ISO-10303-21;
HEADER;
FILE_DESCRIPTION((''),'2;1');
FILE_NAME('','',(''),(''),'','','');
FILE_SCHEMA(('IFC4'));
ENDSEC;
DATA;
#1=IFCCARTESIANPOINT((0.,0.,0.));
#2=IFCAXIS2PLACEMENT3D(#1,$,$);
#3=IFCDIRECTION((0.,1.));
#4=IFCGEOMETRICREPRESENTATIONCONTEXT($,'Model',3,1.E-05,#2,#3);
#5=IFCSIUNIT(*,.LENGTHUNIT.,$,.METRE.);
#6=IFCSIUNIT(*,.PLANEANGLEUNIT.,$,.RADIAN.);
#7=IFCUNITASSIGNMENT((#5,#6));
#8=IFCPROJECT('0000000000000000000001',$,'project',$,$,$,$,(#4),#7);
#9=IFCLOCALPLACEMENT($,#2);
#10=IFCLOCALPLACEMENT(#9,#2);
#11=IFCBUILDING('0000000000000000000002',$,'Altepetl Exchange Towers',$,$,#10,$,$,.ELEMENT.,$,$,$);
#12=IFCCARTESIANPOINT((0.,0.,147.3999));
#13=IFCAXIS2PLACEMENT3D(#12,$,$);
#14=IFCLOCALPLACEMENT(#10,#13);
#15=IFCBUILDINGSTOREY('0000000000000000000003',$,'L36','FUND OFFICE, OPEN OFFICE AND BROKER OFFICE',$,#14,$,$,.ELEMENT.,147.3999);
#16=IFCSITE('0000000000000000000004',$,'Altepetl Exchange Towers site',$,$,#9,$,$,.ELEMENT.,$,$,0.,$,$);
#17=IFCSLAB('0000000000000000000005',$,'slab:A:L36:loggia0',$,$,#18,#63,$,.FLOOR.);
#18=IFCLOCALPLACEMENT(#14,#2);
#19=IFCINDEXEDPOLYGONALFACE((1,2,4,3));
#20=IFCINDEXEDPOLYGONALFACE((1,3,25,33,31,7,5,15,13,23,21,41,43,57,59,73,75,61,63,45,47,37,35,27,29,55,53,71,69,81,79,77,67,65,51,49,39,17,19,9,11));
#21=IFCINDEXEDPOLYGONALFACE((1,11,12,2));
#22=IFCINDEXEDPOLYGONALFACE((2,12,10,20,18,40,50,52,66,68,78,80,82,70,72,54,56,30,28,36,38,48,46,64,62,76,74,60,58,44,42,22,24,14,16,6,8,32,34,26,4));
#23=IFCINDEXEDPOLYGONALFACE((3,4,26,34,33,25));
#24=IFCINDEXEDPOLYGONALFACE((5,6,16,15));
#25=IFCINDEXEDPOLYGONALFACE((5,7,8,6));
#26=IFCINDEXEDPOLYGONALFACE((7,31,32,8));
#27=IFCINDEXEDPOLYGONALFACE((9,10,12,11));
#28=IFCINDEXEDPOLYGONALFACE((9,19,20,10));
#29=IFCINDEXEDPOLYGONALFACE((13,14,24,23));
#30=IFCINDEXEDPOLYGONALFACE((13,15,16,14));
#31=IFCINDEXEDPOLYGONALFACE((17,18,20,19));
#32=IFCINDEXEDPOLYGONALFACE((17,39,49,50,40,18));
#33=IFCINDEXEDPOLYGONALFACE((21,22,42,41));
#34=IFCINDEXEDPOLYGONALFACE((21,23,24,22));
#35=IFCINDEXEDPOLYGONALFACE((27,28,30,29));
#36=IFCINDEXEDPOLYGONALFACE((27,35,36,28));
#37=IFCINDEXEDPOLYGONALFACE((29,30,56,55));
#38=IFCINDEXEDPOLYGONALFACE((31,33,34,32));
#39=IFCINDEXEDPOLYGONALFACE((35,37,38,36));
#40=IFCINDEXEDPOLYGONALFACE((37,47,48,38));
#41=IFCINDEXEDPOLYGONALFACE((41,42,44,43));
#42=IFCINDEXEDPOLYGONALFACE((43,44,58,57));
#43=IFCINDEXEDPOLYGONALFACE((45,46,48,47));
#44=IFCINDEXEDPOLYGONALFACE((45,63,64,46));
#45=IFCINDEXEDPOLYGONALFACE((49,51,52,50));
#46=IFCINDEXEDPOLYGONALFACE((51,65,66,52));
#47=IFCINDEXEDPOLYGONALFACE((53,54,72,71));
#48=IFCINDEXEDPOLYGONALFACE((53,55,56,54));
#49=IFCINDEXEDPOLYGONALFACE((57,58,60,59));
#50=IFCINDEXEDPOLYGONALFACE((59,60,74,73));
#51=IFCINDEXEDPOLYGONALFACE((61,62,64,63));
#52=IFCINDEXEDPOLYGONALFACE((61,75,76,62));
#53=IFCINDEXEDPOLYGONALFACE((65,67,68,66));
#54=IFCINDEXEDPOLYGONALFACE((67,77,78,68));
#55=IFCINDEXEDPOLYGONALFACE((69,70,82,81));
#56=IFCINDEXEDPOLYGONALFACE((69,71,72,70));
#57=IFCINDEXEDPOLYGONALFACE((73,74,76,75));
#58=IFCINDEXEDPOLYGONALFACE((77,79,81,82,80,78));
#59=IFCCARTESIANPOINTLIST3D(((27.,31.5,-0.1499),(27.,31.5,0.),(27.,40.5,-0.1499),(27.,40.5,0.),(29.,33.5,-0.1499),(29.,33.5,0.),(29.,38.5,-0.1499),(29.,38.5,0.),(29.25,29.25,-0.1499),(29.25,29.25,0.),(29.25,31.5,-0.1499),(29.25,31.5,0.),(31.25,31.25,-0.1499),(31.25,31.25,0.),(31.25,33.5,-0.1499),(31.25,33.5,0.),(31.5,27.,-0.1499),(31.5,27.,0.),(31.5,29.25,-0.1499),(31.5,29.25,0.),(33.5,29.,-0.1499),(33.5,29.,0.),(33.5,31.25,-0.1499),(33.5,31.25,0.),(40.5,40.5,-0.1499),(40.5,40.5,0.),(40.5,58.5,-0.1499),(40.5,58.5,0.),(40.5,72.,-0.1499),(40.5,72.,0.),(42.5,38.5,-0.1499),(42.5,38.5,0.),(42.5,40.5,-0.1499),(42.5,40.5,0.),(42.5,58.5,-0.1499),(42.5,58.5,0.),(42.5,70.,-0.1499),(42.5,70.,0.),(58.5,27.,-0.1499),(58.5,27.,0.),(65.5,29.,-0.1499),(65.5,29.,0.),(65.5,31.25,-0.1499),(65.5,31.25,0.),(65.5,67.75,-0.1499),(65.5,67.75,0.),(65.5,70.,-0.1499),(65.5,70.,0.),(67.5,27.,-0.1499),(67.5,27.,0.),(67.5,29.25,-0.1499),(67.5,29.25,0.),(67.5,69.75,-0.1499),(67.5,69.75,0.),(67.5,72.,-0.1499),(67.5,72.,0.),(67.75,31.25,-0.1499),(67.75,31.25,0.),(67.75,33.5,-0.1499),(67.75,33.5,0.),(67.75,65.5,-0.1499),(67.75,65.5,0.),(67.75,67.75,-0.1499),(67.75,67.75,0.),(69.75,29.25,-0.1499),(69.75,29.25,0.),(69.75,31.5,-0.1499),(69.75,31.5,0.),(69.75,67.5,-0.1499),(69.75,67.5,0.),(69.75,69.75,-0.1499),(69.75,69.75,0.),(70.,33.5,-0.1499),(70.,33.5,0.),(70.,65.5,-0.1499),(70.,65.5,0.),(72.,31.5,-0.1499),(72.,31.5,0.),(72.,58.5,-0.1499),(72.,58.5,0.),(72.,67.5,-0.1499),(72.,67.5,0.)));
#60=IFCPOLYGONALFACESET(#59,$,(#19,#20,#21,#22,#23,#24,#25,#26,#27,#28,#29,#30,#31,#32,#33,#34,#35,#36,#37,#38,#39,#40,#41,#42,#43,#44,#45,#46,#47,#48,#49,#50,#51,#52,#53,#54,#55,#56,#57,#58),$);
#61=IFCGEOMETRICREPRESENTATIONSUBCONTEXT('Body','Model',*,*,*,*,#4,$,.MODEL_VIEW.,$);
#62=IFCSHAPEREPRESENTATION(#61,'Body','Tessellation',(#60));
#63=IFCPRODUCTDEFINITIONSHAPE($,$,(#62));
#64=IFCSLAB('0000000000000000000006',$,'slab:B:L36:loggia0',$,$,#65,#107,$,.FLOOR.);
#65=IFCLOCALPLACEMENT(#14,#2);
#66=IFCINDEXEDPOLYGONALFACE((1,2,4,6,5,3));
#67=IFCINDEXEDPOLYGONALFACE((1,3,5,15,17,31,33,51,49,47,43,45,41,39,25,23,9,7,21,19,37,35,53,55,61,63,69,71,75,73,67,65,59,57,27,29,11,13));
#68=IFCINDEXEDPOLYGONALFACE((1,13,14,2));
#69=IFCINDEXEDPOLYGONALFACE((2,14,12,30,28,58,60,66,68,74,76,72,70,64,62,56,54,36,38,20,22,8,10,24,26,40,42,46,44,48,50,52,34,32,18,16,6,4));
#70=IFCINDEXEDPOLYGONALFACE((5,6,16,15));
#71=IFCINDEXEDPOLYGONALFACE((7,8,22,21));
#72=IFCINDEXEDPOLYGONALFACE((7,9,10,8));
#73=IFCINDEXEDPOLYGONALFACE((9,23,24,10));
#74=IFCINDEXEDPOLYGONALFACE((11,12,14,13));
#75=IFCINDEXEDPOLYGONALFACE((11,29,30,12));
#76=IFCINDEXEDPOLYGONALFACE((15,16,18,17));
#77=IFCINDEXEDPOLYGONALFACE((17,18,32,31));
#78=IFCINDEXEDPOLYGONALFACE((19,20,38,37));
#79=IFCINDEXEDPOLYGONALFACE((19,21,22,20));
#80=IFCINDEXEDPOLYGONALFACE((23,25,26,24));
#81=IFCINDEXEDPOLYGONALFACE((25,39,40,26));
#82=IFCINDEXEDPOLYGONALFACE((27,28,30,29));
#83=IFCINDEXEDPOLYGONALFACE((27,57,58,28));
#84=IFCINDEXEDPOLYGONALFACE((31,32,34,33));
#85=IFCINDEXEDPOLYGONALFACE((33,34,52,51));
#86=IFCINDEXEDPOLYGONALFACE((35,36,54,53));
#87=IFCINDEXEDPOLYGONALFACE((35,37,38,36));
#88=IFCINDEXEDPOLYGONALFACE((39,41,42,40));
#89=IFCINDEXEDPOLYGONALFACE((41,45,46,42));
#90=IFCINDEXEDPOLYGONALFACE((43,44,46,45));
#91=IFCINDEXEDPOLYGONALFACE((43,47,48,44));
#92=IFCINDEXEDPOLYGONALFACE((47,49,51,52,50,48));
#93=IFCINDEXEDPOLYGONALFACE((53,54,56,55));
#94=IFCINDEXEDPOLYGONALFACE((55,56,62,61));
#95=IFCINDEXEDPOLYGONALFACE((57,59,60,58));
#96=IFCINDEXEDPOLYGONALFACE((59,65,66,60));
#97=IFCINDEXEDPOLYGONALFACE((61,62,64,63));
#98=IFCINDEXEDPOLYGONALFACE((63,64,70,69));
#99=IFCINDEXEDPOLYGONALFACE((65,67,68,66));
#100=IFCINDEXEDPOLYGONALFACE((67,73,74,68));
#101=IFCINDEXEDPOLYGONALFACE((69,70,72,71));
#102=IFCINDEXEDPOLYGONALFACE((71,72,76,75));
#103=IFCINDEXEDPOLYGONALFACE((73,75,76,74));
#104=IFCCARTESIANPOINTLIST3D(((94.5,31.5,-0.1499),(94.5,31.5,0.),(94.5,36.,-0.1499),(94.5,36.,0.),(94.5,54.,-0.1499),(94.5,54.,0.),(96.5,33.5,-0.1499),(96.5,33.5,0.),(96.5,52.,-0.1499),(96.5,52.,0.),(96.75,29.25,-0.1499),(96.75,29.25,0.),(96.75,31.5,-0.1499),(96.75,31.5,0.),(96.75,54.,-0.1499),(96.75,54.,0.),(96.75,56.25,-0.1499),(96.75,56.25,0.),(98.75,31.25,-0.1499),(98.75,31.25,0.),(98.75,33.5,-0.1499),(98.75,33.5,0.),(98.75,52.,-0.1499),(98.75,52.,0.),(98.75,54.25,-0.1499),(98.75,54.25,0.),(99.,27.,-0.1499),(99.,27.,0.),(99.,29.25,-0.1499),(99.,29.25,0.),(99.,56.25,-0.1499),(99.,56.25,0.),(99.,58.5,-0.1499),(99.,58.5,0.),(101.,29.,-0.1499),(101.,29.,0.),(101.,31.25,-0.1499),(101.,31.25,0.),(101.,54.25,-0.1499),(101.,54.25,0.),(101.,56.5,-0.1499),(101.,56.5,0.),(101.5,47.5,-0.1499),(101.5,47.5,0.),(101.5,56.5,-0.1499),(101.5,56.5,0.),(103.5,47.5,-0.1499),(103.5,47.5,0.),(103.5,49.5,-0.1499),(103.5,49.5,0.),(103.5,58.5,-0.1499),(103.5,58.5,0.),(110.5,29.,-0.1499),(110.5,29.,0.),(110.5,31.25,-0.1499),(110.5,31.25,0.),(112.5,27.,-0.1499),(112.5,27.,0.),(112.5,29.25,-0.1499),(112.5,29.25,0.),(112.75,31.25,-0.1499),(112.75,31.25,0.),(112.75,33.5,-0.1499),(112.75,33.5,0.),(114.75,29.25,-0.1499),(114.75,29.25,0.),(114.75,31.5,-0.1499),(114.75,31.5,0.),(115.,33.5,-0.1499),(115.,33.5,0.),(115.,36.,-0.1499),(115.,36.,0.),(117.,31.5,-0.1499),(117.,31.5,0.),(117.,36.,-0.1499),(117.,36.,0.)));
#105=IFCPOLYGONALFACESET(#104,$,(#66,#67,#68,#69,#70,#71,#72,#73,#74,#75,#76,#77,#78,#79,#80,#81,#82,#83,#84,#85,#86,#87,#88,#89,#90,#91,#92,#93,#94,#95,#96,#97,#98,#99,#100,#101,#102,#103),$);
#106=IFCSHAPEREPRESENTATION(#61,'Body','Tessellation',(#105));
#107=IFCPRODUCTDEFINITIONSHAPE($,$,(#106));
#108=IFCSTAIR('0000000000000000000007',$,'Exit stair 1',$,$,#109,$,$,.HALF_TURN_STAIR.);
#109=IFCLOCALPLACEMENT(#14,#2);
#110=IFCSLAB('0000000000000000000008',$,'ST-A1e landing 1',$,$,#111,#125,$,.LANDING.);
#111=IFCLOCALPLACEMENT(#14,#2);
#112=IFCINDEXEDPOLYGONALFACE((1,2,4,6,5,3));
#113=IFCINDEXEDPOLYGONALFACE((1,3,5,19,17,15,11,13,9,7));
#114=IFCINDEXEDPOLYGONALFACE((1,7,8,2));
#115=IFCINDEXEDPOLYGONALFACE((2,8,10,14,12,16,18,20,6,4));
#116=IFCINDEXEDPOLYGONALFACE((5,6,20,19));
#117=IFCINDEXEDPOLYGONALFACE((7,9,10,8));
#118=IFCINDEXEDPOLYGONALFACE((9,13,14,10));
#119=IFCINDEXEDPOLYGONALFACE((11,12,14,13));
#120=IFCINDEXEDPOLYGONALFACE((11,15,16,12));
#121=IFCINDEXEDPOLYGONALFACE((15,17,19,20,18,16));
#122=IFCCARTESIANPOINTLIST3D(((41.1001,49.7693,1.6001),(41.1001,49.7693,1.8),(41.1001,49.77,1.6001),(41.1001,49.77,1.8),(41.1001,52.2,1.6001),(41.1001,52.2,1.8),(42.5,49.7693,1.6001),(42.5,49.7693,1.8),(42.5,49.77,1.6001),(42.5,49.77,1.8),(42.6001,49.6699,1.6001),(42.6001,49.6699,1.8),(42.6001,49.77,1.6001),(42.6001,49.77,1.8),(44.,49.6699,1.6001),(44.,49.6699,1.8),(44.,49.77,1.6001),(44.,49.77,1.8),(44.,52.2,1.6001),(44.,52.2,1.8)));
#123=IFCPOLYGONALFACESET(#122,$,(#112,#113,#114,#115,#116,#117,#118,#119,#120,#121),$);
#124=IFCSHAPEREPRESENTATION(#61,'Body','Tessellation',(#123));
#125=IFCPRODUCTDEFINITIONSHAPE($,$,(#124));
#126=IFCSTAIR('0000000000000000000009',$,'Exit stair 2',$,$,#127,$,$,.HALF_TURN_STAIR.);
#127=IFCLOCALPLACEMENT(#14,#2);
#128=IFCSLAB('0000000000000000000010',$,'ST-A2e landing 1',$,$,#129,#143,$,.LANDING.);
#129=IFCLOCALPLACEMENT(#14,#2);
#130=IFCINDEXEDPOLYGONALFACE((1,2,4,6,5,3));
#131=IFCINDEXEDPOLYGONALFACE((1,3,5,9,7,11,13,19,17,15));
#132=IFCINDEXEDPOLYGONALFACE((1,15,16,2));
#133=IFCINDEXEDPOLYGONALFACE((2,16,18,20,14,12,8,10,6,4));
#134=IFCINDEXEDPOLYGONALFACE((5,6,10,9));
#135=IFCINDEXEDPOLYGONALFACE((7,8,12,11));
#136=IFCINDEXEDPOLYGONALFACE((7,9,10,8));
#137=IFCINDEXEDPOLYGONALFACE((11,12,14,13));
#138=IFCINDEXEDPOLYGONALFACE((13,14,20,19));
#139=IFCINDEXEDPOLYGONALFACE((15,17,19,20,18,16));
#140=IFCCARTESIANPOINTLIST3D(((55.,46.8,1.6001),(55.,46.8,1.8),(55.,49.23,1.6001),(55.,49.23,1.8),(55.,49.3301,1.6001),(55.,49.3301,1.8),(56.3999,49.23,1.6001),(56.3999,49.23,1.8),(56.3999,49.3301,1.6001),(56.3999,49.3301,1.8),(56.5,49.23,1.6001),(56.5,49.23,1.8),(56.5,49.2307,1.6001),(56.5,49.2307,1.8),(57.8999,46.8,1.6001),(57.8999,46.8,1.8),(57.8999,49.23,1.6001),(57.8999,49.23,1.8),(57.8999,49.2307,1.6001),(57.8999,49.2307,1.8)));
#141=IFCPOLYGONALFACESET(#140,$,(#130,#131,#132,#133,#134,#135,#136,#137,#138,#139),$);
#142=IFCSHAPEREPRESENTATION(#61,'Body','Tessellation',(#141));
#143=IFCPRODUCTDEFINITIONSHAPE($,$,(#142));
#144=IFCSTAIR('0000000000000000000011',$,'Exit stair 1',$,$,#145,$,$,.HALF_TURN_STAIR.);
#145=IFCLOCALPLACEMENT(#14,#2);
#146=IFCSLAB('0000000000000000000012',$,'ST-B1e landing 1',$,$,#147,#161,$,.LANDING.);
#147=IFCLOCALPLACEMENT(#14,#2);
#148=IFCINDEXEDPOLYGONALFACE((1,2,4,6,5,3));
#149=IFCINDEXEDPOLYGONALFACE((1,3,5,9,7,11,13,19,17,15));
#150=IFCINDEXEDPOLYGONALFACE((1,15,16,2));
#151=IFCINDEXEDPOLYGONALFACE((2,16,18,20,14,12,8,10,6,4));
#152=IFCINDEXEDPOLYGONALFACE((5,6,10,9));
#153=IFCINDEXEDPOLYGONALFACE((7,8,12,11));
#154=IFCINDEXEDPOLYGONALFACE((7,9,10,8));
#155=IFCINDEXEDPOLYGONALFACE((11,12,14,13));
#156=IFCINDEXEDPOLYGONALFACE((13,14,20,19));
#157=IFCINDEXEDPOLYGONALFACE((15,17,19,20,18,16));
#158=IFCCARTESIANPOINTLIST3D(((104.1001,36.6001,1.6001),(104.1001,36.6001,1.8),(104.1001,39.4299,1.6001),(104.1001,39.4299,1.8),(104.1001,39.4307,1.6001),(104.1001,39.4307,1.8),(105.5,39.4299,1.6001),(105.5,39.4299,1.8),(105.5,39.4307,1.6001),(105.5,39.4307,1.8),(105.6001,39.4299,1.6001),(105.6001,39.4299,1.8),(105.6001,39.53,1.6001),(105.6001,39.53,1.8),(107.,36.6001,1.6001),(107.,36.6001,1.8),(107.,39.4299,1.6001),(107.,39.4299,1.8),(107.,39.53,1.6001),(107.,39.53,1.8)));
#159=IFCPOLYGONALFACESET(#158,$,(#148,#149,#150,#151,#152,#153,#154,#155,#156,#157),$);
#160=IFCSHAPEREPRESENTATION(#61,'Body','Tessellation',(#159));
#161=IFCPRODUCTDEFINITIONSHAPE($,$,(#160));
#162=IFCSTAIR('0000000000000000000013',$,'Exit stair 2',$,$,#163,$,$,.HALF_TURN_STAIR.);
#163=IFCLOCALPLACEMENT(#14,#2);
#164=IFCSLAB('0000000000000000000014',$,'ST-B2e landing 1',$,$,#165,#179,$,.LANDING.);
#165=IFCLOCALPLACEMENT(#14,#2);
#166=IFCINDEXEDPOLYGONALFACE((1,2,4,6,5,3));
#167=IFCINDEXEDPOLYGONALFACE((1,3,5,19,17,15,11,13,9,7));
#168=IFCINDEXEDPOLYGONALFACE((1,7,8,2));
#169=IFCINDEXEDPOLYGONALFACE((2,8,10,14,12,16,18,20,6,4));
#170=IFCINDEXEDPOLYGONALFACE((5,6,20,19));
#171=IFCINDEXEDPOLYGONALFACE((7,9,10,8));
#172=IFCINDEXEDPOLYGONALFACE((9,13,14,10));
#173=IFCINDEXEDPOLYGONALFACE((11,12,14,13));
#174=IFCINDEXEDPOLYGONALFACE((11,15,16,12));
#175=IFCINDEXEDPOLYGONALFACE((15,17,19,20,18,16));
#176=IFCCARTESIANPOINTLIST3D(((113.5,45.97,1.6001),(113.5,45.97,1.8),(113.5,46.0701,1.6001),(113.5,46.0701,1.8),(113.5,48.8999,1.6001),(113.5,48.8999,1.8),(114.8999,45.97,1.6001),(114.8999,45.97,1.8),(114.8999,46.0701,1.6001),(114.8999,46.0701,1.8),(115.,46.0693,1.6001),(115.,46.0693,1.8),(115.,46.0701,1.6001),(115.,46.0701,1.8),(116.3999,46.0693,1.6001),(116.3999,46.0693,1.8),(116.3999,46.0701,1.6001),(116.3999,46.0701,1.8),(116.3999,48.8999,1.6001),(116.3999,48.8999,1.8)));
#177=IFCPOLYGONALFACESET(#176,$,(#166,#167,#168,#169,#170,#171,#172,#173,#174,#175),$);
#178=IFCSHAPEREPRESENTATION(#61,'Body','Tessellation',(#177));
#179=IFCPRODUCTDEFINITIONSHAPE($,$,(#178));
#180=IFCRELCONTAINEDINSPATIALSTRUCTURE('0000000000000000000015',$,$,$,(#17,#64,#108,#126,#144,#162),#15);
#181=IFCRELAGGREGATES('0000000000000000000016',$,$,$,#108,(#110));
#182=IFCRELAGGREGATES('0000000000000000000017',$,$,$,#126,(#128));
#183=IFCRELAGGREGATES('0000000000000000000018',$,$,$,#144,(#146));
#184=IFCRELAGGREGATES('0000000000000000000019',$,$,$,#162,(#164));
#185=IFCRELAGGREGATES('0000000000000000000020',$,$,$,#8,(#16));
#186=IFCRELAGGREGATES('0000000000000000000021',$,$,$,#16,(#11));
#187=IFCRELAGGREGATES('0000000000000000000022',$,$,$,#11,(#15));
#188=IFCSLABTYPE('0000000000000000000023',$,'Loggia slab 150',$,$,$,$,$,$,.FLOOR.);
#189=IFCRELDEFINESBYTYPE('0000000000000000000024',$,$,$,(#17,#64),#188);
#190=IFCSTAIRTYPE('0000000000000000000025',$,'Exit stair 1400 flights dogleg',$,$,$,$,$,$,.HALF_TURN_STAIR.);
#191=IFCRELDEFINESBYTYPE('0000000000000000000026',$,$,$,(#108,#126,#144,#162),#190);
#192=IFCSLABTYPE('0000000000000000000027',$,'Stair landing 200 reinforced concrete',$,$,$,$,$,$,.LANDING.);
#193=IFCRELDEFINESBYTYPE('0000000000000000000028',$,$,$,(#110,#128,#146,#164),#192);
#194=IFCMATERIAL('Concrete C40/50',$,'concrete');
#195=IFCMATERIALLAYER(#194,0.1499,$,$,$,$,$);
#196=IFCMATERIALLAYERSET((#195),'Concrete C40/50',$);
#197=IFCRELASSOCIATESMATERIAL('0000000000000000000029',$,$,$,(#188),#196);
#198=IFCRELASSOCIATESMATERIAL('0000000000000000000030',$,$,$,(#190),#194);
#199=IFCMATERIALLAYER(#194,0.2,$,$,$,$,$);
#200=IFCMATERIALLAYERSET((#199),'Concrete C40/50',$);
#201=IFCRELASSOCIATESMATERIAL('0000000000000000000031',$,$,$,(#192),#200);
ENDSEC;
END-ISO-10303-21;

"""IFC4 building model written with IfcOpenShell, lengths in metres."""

from ifc_helpers import new_model, si_unit, direction, frame, origin, place, context, subcontext, project, spatial, polyline, outline, extrude, material, layer, layer_set, type_object, element, aggregate, save


model = new_model("IFC4")

# Units and contexts
model_context = context("Model", 3, precision=1e-05, world=origin(), true_north=direction((0.0, 1.0)))
body_context = subcontext(model_context, "Body", "Model", "MODEL_VIEW")
ifc_project = project(units=[si_unit("LENGTHUNIT", "METRE"), si_unit("PLANEANGLEUNIT", "RADIAN")], contexts=[model_context])

# Site, building, storey
site_placement = place(None, origin())
site = spatial("IfcSite", under=ifc_project, at=site_placement, Name="Altepetl Exchange Towers site", CompositionType="ELEMENT", RefElevation=0.0)
building_placement = place(site_placement, origin())
building = spatial("IfcBuilding", under=site, at=building_placement, Name="Altepetl Exchange Towers", CompositionType="ELEMENT")
storey_placement = place(building_placement, frame((0.0, 0.0, 147.3999)))
storey = spatial("IfcBuildingStorey", under=building, at=storey_placement, Name="L36", Description="FUND OFFICE, OPEN OFFICE AND BROKER OFFICE", CompositionType="ELEMENT", Elevation=147.3999)

# Slabs
ifc_material_1 = material(Name="Concrete C40/50", Category="concrete")
ifc_layer_1 = layer(ifc_material_1, 0.1499)
ifc_layer_set_1 = layer_set([ifc_layer_1], Name="Concrete C40/50")
slab_type_1 = type_object("IfcSlabType", Name="Loggia slab 150", PredefinedType="FLOOR", material=ifc_layer_set_1)
slab_1_placement = place(storey_placement, frame((0.0, 0.0, -0.1499)))
element("IfcSlab", 1, at=slab_1_placement, inside=storey, type_object=slab_type_1, Name="slab:A:L36:loggia0", PredefinedType="FLOOR", context=body_context, shape_type="SweptSolid", body=[
    extrude(outline(polyline([(40.5, 72.0), (40.5, 58.5), (42.5, 58.5), (42.5, 70.0), (65.5, 70.0), (65.5, 67.75), (67.75, 67.75), (67.75, 65.5), (70.0, 65.5), (70.0, 33.5), (67.75, 33.5), (67.75, 31.25), (65.5, 31.25), (65.5, 29.0), (33.5, 29.0), (33.5, 31.25), (31.25, 31.25), (31.25, 33.5), (29.0, 33.5), (29.0, 38.5), (42.5, 38.5), (42.5, 40.5), (40.5, 40.5), (27.0, 40.5), (27.0, 31.5), (29.25, 31.5), (29.25, 29.25), (31.5, 29.25), (31.5, 27.0), (58.5, 27.0), (67.5, 27.0), (67.5, 29.25), (69.75, 29.25), (69.75, 31.5), (72.0, 31.5), (72.0, 58.5), (72.0, 67.5), (69.75, 67.5), (69.75, 69.75), (67.5, 69.75), (67.5, 72.0), (40.5, 72.0)])), origin(), (0.0, 0.0, 1.0), 0.1499),
])
slab_2_placement = place(storey_placement, frame((0.0, 0.0, -0.1499)))
element("IfcSlab", 2, at=slab_2_placement, inside=storey, type_object=slab_type_1, Name="slab:B:L36:loggia0", PredefinedType="FLOOR", context=body_context, shape_type="SweptSolid", body=[
    extrude(outline(polyline([(99.0, 29.25), (99.0, 27.0), (112.5, 27.0), (112.5, 29.25), (114.75, 29.25), (114.75, 31.5), (117.0, 31.5), (117.0, 36.0), (115.0, 36.0), (115.0, 33.5), (112.75, 33.5), (112.75, 31.25), (110.5, 31.25), (110.5, 29.0), (101.0, 29.0), (101.0, 31.25), (98.75, 31.25), (98.75, 33.5), (96.5, 33.5), (96.5, 52.0), (98.75, 52.0), (98.75, 54.25), (101.0, 54.25), (101.0, 56.5), (101.5, 56.5), (101.5, 47.5), (103.5, 47.5), (103.5, 49.5), (103.5, 58.5), (99.0, 58.5), (99.0, 56.25), (96.75, 56.25), (96.75, 54.0), (94.5, 54.0), (94.5, 36.0), (94.5, 31.5), (96.75, 31.5), (96.75, 29.25), (99.0, 29.25)])), origin(), (0.0, 0.0, 1.0), 0.1499),
])

# Stairs, slabs
stair_type = type_object("IfcStairType", Name="Exit stair 1400 flights dogleg", PredefinedType="HALF_TURN_STAIR", material=ifc_material_1)
stair_1_placement = place(storey_placement, origin())
stair_1 = element("IfcStair", 3, at=stair_1_placement, inside=storey, type_object=stair_type, Name="Exit stair 1", PredefinedType="HALF_TURN_STAIR")
ifc_layer_2 = layer(ifc_material_1, 0.2)
ifc_layer_set_2 = layer_set([ifc_layer_2], Name="Concrete C40/50")
slab_type_2 = type_object("IfcSlabType", Name="Stair landing 200 reinforced concrete", PredefinedType="LANDING", material=ifc_layer_set_2)
slab_3_placement = place(storey_placement, frame((0.0, 0.0, 1.6001)))
slab_3 = element("IfcSlab", 4, at=slab_3_placement, type_object=slab_type_2, Name="ST-A1e landing 1", PredefinedType="LANDING", context=body_context, shape_type="SweptSolid", body=[
    extrude(outline(polyline([(44.0, 49.6699), (42.6001, 49.6699), (42.6001, 49.77), (42.5, 49.77), (42.5, 49.7693), (41.1001, 49.7693), (41.1001, 49.77), (41.1001, 52.2), (44.0, 52.2), (44.0, 49.77), (44.0, 49.6699)])), origin(), (0.0, 0.0, 1.0), 0.2),
])
aggregate(stair_1, [slab_3])
stair_2_placement = place(storey_placement, origin())
stair_2 = element("IfcStair", 5, at=stair_2_placement, inside=storey, type_object=stair_type, Name="Exit stair 2", PredefinedType="HALF_TURN_STAIR")
slab_4_placement = place(storey_placement, frame((0.0, 0.0, 1.6001)))
slab_4 = element("IfcSlab", 6, at=slab_4_placement, type_object=slab_type_2, Name="ST-A2e landing 1", PredefinedType="LANDING", context=body_context, shape_type="SweptSolid", body=[
    extrude(outline(polyline([(57.8999, 46.8), (55.0, 46.8), (55.0, 49.23), (55.0, 49.3301), (56.3999, 49.3301), (56.3999, 49.23), (56.5, 49.23), (56.5, 49.2307), (57.8999, 49.2307), (57.8999, 49.23), (57.8999, 46.8)])), origin(), (0.0, 0.0, 1.0), 0.2),
])
aggregate(stair_2, [slab_4])
stair_3_placement = place(storey_placement, origin())
stair_3 = element("IfcStair", 7, at=stair_3_placement, inside=storey, type_object=stair_type, Name="Exit stair 1", PredefinedType="HALF_TURN_STAIR")
slab_5_placement = place(storey_placement, frame((0.0, 0.0, 1.6001)))
slab_5 = element("IfcSlab", 8, at=slab_5_placement, type_object=slab_type_2, Name="ST-B1e landing 1", PredefinedType="LANDING", context=body_context, shape_type="SweptSolid", body=[
    extrude(outline(polyline([(107.0, 36.6001), (104.1001, 36.6001), (104.1001, 39.4299), (104.1001, 39.4307), (105.5, 39.4307), (105.5, 39.4299), (105.6001, 39.4299), (105.6001, 39.53), (107.0, 39.53), (107.0, 39.4299), (107.0, 36.6001)])), origin(), (0.0, 0.0, 1.0), 0.2),
])
aggregate(stair_3, [slab_5])
stair_4_placement = place(storey_placement, origin())
stair_4 = element("IfcStair", 9, at=stair_4_placement, inside=storey, type_object=stair_type, Name="Exit stair 2", PredefinedType="HALF_TURN_STAIR")
slab_6_placement = place(storey_placement, frame((0.0, 0.0, 1.6001)))
slab_6 = element("IfcSlab", 10, at=slab_6_placement, type_object=slab_type_2, Name="ST-B2e landing 1", PredefinedType="LANDING", context=body_context, shape_type="SweptSolid", body=[
    extrude(outline(polyline([(114.8999, 45.97), (113.5, 45.97), (113.5, 46.0701), (113.5, 48.8999), (116.3999, 48.8999), (116.3999, 46.0701), (116.3999, 46.0693), (115.0, 46.0693), (115.0, 46.0701), (114.8999, 46.0701), (114.8999, 45.97)])), origin(), (0.0, 0.0, 1.0), 0.2),
])
aggregate(stair_4, [slab_6])

save(model, "model.ifc")
